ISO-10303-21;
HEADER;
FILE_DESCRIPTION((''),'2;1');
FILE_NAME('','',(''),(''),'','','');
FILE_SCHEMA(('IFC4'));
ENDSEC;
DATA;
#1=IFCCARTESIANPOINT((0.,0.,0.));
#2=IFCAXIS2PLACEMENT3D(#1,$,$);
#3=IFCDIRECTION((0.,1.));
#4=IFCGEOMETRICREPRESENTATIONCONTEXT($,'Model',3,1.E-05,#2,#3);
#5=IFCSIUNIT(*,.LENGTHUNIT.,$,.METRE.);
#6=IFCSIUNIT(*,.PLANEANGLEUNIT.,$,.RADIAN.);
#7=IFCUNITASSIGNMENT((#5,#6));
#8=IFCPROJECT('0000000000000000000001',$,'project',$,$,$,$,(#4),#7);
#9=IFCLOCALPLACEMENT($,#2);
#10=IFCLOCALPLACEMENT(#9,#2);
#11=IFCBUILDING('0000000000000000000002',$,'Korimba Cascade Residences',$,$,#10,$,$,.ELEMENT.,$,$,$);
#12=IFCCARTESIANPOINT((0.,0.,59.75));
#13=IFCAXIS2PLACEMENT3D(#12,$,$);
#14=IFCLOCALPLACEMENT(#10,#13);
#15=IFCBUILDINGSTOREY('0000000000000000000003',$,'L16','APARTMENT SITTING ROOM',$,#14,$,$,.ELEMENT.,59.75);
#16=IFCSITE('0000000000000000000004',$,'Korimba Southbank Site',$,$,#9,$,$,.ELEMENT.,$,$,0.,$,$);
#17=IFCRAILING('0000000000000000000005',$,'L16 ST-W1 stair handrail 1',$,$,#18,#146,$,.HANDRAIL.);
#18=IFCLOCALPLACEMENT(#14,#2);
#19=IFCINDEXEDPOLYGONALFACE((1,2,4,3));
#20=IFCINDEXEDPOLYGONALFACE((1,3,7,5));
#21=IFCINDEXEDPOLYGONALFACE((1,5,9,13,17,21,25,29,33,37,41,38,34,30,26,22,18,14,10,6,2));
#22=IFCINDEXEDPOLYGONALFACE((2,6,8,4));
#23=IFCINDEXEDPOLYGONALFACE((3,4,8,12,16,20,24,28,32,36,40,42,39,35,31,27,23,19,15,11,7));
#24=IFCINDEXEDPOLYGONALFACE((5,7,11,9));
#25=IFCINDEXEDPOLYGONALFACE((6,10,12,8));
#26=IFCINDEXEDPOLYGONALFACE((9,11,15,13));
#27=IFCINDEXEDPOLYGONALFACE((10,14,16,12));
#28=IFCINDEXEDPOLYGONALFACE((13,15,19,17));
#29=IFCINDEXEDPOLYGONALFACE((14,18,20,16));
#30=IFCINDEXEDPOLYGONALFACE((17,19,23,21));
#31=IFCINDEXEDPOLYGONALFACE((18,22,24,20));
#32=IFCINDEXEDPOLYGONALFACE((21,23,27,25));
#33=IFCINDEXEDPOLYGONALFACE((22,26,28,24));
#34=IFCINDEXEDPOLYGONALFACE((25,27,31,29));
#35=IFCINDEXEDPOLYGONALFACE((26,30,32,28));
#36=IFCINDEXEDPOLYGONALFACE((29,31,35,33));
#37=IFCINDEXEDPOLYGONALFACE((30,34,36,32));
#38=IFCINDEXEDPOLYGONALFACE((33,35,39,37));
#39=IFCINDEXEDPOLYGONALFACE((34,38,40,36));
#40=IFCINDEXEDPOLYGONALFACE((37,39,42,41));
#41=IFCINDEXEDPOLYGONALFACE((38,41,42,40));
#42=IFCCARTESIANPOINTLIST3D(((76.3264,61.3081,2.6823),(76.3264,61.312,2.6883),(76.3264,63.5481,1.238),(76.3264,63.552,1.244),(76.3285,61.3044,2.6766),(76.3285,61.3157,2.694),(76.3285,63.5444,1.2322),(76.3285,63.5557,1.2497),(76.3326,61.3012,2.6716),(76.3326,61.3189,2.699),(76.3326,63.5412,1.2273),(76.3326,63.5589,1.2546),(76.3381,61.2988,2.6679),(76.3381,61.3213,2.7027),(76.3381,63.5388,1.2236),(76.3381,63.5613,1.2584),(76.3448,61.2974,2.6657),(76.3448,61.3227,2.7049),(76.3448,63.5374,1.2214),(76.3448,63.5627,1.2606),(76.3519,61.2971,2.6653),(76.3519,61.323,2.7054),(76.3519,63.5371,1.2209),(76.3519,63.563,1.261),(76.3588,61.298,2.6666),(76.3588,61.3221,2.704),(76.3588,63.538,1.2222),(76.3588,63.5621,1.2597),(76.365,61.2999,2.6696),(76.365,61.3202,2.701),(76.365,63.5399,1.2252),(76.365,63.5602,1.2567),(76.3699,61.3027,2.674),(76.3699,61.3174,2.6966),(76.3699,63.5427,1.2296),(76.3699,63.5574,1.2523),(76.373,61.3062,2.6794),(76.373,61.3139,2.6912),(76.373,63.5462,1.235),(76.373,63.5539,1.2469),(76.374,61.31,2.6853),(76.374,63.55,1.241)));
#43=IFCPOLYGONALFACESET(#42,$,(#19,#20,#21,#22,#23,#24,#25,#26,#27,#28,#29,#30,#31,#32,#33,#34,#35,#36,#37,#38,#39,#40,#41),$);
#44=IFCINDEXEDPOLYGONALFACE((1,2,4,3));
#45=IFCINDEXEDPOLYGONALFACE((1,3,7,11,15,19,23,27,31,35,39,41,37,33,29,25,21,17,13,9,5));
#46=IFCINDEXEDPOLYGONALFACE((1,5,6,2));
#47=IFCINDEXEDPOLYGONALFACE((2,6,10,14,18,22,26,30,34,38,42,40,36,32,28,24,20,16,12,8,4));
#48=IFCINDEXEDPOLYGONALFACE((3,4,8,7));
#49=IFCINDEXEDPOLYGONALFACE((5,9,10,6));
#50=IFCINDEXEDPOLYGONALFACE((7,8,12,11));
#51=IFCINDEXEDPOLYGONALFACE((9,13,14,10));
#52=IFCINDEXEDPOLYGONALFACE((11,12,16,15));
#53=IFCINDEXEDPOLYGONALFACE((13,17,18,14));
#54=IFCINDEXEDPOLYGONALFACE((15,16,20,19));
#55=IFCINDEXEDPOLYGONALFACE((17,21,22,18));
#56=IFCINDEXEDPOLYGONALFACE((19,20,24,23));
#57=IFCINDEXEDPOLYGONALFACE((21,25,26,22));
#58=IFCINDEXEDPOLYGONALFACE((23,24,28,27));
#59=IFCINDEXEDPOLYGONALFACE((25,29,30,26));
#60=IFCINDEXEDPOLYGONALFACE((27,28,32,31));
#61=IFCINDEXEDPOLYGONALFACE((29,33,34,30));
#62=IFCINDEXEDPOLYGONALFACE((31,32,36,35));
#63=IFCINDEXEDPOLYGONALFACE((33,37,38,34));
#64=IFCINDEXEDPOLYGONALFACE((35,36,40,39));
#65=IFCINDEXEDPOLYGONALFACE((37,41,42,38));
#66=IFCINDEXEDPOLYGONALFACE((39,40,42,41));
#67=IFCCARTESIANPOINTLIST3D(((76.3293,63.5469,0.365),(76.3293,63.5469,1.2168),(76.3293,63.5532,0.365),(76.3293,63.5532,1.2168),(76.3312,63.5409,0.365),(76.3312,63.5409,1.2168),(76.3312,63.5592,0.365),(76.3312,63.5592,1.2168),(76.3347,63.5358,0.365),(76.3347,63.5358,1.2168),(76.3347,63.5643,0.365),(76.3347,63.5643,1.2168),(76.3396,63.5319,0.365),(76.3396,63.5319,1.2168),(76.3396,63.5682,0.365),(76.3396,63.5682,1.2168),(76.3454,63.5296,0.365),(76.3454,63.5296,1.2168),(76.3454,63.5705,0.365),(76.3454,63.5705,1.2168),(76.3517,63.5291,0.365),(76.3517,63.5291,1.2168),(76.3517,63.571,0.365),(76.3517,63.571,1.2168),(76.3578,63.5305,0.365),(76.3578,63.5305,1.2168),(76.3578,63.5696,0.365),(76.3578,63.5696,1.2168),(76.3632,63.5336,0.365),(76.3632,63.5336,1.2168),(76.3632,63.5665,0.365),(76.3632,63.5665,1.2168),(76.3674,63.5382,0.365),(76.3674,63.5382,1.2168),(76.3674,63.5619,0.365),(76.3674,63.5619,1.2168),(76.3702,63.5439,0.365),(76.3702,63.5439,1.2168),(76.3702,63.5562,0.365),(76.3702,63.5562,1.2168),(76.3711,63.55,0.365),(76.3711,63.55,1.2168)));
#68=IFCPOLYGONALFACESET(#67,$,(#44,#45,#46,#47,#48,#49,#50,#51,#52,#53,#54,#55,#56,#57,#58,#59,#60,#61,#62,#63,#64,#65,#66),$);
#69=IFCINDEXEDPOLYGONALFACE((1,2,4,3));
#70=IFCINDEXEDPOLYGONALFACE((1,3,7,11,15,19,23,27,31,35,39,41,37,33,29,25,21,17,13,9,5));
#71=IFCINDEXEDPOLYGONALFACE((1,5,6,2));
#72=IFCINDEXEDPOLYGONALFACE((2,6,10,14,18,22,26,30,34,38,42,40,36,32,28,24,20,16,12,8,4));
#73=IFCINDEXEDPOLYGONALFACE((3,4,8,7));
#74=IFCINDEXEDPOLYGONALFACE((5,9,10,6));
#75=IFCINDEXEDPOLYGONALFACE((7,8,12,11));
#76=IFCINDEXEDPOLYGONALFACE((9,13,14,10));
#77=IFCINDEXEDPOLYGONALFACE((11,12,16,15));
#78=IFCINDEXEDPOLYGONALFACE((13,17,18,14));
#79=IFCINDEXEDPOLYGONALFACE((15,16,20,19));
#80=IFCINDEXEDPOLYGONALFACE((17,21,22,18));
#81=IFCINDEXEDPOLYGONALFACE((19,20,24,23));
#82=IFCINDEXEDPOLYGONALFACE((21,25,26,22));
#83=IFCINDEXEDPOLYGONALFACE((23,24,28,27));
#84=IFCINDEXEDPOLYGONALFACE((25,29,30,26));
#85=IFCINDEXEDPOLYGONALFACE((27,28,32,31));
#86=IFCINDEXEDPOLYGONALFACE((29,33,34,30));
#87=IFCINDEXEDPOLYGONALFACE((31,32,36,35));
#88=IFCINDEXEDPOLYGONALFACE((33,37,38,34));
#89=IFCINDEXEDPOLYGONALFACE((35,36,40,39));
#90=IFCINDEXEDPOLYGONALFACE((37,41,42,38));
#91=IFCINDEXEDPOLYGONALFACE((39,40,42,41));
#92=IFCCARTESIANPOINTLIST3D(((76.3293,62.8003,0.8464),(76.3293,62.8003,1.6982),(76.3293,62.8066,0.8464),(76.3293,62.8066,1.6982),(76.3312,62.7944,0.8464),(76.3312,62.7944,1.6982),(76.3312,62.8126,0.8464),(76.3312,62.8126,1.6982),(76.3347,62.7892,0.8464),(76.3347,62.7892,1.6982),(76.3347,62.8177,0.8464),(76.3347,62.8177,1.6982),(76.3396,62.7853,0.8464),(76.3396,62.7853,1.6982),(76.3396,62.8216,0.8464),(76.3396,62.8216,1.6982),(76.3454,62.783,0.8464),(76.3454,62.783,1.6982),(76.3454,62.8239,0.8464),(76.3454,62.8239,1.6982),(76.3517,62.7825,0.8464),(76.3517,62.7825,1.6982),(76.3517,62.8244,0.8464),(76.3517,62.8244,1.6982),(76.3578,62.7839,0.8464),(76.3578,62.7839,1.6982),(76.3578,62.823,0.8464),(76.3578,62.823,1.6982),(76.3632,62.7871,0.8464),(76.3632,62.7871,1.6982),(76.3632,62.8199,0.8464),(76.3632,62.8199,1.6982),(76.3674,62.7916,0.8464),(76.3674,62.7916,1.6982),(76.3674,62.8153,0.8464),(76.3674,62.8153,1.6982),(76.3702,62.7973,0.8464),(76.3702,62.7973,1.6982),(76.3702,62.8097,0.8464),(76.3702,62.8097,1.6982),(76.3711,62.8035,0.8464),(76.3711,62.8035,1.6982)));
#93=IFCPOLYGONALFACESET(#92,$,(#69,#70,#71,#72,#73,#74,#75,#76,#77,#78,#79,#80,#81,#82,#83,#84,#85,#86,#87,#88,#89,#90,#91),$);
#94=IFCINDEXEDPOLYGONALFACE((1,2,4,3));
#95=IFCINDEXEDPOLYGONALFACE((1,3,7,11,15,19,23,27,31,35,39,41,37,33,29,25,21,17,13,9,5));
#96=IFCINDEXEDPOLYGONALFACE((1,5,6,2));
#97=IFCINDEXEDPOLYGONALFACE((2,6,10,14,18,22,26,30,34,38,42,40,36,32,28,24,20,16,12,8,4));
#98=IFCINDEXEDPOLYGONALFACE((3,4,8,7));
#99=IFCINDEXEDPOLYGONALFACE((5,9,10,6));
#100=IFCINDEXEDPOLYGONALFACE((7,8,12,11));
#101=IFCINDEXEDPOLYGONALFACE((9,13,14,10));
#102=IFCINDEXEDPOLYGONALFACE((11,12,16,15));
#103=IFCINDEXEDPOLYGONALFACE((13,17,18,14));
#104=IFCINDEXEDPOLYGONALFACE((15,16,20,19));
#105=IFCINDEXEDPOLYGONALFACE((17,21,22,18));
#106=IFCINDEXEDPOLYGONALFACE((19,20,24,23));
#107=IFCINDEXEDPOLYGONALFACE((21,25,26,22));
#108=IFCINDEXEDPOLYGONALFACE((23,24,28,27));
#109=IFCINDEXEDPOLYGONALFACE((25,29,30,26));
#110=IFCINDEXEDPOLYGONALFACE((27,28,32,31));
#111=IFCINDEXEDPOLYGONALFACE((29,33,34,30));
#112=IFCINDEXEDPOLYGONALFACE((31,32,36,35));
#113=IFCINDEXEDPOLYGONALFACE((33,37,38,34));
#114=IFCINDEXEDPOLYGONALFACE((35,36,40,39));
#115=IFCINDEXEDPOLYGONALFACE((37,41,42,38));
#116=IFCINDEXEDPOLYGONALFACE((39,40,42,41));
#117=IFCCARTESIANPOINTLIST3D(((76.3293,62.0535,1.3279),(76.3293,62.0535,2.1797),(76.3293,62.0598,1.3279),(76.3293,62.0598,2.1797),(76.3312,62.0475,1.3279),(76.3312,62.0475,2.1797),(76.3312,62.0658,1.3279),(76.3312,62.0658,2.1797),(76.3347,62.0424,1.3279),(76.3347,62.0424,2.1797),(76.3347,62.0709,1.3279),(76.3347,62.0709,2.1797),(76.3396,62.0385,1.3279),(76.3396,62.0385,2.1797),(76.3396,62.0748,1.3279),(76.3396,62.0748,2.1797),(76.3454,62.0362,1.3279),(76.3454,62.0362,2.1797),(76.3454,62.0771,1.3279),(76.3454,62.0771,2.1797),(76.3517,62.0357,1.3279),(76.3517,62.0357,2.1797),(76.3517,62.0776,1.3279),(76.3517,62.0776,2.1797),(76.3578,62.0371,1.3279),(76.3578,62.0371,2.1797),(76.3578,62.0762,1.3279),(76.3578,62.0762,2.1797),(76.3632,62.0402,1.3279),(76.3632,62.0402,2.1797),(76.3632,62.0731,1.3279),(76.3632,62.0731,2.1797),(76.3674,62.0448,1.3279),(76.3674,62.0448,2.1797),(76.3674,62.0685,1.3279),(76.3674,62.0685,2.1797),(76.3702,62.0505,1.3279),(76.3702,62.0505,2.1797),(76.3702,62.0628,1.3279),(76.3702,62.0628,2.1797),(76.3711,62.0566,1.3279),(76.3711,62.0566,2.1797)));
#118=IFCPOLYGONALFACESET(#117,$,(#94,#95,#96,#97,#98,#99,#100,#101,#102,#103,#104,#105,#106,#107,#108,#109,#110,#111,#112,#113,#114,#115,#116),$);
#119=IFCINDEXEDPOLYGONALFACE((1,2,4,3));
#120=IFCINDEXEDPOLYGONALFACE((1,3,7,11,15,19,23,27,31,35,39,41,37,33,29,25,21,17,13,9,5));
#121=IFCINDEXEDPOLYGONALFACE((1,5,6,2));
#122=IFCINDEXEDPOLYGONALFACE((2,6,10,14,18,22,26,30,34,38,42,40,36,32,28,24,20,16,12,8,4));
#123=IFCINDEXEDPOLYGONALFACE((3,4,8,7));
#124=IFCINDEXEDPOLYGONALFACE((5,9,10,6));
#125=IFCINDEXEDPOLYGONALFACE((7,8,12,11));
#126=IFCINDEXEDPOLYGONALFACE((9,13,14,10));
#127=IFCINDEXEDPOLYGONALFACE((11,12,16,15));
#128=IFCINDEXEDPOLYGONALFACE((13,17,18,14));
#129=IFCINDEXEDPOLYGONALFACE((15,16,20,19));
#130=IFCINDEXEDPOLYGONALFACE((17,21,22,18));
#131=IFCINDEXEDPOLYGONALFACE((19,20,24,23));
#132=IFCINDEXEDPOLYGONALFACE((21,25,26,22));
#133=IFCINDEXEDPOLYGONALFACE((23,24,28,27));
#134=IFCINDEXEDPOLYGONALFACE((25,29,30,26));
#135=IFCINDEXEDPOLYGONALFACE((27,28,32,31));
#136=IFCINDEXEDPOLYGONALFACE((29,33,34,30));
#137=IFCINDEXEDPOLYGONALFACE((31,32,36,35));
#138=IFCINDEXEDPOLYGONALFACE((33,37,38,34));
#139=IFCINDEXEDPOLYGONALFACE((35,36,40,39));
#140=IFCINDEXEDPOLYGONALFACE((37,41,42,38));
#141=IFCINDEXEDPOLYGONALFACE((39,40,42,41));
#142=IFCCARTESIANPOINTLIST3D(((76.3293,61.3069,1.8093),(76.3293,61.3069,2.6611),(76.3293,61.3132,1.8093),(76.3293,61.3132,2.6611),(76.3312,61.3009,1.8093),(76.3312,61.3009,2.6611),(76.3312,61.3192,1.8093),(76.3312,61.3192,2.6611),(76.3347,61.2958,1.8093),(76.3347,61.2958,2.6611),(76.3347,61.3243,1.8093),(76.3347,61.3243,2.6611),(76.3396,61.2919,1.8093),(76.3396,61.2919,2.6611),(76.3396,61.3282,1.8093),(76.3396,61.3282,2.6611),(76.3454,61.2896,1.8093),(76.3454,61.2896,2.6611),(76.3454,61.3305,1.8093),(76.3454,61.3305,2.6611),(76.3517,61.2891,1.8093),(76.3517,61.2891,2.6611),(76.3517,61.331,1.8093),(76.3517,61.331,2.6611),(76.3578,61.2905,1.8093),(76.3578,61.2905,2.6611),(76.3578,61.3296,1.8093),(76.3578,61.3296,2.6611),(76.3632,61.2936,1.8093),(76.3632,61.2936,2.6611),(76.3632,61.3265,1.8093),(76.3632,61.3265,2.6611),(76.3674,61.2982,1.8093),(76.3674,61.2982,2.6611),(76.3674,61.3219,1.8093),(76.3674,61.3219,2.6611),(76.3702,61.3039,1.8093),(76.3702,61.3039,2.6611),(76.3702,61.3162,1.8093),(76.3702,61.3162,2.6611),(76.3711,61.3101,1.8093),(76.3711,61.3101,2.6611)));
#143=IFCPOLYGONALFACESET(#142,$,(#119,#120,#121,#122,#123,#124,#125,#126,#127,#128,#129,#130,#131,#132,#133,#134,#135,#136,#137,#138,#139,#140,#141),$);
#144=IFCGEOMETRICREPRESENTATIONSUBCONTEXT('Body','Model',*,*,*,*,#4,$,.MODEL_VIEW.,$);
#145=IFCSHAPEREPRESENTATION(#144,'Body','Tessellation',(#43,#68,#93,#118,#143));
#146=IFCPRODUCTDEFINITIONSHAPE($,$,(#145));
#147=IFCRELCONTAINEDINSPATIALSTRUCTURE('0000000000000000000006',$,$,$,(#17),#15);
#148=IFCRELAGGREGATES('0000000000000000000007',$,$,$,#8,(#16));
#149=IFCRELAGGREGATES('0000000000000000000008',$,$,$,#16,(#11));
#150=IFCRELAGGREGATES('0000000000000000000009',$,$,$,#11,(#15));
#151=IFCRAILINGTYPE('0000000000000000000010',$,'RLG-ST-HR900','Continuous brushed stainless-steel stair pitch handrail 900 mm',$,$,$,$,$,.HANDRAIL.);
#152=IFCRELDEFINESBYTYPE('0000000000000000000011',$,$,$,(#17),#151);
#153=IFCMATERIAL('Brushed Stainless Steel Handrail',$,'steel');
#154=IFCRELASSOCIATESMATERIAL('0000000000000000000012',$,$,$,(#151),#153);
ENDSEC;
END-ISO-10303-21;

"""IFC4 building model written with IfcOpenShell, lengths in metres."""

from ifc_helpers import new_model, si_unit, direction, frame, origin, origin_2d, place, context, subcontext, project, spatial, circle, extrude, material, type_object, element, save


model = new_model("IFC4")

# Units and contexts
model_context = context("Model", 3, precision=1e-05, world=origin(), true_north=direction((0.0, 1.0)))
body_context = subcontext(model_context, "Body", "Model", "MODEL_VIEW")
ifc_project = project(units=[si_unit("LENGTHUNIT", "METRE"), si_unit("PLANEANGLEUNIT", "RADIAN")], contexts=[model_context])

# Site, building, storey
site_placement = place(None, origin())
site = spatial("IfcSite", under=ifc_project, at=site_placement, Name="Korimba Southbank Site", CompositionType="ELEMENT", RefElevation=0.0)
building_placement = place(site_placement, origin())
building = spatial("IfcBuilding", under=site, at=building_placement, Name="Korimba Cascade Residences", CompositionType="ELEMENT")
storey_placement = place(building_placement, frame((0.0, 0.0, 59.75)))
storey = spatial("IfcBuildingStorey", under=building, at=storey_placement, Name="L16", Description="APARTMENT SITTING ROOM", CompositionType="ELEMENT", Elevation=59.75)

# Railing
ifc_material_1 = material(Name="Brushed Stainless Steel Handrail", Category="steel")
railing_type_1 = type_object("IfcRailingType", Name="RLG-ST-HR900", Description="Continuous brushed stainless-steel stair pitch handrail 900 mm", PredefinedType="HANDRAIL", material=ifc_material_1)
railing_1_placement = place(storey_placement, frame((76.3501, 63.55, 0.365)))
element("IfcRailing", 1, at=railing_1_placement, inside=storey, type_object=railing_type_1, Name="L16 ST-W1 stair handrail 1", PredefinedType="HANDRAIL", context=body_context, shape_type="SweptSolid", body=[
    extrude(circle(Radius=0.0239, at=origin_2d()), frame((0.0, 0.0, 0.876), z_axis=(0.0, -0.840437, 0.54191), x_axis=(1.0, 0.0, 0.0)), (0.0, 0.0, 1.0), 2.6653),
    extrude(circle(Radius=0.021, at=origin_2d()), origin(), (0.0, 0.0, 1.0), 0.8518),
    extrude(circle(Radius=0.021, at=origin_2d()), frame((0.0, -0.7466, 0.4814)), (0.0, 0.0, 1.0), 0.8518),
    extrude(circle(Radius=0.021, at=origin_2d()), frame((0.0, -1.4934, 0.9629)), (0.0, 0.0, 1.0), 0.8518),
    extrude(circle(Radius=0.021, at=origin_2d()), frame((0.0, -2.24, 1.4443)), (0.0, 0.0, 1.0), 0.8518),
])

save(model, "model.ifc")
